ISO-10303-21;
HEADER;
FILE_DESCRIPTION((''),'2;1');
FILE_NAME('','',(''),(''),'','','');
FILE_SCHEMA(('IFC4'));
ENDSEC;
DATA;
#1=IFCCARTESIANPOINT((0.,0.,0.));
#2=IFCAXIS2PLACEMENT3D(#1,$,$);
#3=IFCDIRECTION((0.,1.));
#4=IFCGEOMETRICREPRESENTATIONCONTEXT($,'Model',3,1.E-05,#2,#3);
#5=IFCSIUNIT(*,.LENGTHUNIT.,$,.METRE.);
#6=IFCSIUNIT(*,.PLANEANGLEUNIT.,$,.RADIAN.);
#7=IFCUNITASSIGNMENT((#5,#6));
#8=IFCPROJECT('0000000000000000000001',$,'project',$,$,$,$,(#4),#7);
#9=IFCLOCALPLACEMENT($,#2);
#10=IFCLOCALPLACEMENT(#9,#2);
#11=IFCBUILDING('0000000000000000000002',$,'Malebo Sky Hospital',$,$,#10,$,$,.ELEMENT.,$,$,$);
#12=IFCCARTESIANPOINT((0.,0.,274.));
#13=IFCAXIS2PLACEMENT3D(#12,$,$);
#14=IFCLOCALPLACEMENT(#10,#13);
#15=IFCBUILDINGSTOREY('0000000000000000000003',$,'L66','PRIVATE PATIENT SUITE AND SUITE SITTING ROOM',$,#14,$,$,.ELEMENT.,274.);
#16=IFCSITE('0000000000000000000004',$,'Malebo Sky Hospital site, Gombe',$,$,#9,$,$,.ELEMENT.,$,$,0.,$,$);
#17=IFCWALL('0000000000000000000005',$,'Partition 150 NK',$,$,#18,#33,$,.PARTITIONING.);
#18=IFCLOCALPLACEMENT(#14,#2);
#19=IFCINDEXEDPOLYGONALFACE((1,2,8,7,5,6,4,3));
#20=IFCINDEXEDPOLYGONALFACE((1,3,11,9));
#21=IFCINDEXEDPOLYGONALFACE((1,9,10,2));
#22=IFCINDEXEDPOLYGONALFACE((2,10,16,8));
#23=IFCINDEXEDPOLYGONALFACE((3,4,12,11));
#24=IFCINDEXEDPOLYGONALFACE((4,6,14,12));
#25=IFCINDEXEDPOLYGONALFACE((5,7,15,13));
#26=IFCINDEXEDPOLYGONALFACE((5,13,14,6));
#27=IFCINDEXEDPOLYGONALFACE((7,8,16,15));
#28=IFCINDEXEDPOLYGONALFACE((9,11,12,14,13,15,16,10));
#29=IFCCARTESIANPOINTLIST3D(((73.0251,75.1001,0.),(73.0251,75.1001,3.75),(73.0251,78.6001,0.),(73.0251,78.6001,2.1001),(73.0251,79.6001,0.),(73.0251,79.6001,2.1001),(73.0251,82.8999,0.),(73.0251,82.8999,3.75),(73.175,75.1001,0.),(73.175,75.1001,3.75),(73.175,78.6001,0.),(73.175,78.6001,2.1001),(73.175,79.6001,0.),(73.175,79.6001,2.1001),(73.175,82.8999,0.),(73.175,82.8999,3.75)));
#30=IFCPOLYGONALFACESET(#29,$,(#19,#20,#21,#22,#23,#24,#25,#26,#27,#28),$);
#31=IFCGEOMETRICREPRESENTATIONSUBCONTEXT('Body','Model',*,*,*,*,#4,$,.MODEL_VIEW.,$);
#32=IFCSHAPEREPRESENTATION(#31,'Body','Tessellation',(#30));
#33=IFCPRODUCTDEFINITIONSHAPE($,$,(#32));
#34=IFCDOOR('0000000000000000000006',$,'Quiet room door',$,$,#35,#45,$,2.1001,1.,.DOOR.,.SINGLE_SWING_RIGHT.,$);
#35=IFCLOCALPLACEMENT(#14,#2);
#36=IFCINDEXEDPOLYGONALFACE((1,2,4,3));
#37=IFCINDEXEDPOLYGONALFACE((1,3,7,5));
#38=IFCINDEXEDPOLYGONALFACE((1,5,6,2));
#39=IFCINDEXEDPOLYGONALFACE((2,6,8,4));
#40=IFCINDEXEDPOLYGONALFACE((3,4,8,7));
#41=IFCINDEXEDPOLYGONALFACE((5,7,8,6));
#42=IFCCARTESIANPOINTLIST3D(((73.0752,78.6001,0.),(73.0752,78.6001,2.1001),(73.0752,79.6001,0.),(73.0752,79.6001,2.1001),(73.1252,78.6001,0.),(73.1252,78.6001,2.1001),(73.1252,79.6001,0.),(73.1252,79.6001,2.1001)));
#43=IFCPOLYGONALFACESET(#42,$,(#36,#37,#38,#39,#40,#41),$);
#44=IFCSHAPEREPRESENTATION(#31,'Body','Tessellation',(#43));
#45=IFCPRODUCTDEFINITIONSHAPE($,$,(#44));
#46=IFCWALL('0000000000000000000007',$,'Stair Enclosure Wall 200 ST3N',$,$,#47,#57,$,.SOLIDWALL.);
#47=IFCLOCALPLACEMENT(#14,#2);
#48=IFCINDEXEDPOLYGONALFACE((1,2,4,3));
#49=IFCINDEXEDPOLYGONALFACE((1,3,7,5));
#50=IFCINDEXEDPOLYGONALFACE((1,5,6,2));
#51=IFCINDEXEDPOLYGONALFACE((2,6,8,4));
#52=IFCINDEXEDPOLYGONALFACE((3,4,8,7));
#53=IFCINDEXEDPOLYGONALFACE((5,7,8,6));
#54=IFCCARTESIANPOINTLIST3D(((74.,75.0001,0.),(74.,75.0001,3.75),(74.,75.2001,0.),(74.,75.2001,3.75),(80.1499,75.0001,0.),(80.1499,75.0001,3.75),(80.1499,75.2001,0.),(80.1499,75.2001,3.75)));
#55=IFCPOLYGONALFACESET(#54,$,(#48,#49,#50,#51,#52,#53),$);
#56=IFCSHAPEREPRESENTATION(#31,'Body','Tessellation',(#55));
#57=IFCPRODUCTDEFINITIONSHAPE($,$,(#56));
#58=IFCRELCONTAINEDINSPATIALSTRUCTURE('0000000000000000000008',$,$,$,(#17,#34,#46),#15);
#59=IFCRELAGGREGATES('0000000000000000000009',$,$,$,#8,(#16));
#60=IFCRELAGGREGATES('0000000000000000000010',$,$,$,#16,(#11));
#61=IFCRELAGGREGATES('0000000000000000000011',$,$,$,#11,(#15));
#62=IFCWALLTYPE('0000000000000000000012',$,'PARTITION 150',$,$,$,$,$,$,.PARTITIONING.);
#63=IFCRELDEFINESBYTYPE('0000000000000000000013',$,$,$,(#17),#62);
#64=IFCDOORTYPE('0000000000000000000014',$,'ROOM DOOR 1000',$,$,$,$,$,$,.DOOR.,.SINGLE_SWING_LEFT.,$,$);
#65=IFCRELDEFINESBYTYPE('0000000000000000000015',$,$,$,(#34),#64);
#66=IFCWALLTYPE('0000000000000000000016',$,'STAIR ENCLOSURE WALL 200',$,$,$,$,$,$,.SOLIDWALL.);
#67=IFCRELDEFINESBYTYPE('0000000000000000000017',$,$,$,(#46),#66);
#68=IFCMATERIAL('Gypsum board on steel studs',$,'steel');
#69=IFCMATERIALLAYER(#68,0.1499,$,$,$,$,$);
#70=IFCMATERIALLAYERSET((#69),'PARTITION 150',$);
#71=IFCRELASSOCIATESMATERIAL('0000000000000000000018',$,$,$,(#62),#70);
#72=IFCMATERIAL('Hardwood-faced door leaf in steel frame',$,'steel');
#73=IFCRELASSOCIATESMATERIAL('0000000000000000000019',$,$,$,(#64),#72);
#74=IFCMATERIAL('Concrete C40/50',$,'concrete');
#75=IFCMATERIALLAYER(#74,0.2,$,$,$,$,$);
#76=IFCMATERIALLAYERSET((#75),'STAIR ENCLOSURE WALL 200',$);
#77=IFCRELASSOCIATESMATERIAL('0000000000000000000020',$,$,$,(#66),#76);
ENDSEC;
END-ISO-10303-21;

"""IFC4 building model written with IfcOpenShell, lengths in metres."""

from ifc_helpers import new_model, si_unit, direction, frame, frame_2d, origin, place, context, subcontext, project, spatial, rectangle, extrude, material, layer, layer_set, type_object, element, fill, save


model = new_model("IFC4")

# Units and contexts
model_context = context("Model", 3, precision=1e-05, world=origin(), true_north=direction((0.0, 1.0)))
body_context = subcontext(model_context, "Body", "Model", "MODEL_VIEW")
ifc_project = project(units=[si_unit("LENGTHUNIT", "METRE"), si_unit("PLANEANGLEUNIT", "RADIAN")], contexts=[model_context])

# Site, building, storey
site_placement = place(None, origin())
site = spatial("IfcSite", under=ifc_project, at=site_placement, Name="Malebo Sky Hospital site, Gombe", CompositionType="ELEMENT", RefElevation=0.0)
building_placement = place(site_placement, origin())
building = spatial("IfcBuilding", under=site, at=building_placement, Name="Malebo Sky Hospital", CompositionType="ELEMENT")
storey_placement = place(building_placement, frame((0.0, 0.0, 274.0)))
storey = spatial("IfcBuildingStorey", under=building, at=storey_placement, Name="L66", Description="PRIVATE PATIENT SUITE AND SUITE SITTING ROOM", CompositionType="ELEMENT", Elevation=274.0)

# Wall, opening, door
ifc_material_1 = material(Name="Gypsum board on steel studs", Category="steel")
ifc_layer_1 = layer(ifc_material_1, 0.1499)
ifc_layer_set_1 = layer_set([ifc_layer_1], Name="PARTITION 150")
wall_type_1 = type_object("IfcWallType", Name="PARTITION 150", PredefinedType="PARTITIONING", material=ifc_layer_set_1)
wall_1_placement = place(storey_placement, frame((73.1001, 75.1001, 0.0), z_axis=(0.0, 0.0, 1.0), x_axis=(0.0, 1.0, 0.0)))
wall_1 = element("IfcWall", 1, at=wall_1_placement, inside=storey, type_object=wall_type_1, Name="Partition 150 NK", PredefinedType="PARTITIONING", context=body_context, shape_type="SweptSolid", body=[
    extrude(rectangle(XDim=7.7998, YDim=0.1499, at=frame_2d((3.8999, 0.0))), origin(), (0.0, 0.0, 1.0), 3.75),
])
opening_placement = place(wall_1_placement, frame((3.5, 0.0, 0.0)))
opening = element("IfcOpeningElement", 2, at=opening_placement, cuts=wall_1, PredefinedType="OPENING", context=body_context, shape_type="SweptSolid", body=[
    extrude(rectangle(XDim=1.0, YDim=2.1001, at=frame_2d((0.5, 1.05))), frame((0.0, 0.085, 0.0), z_axis=(0.0, -1.0, 0.0), x_axis=(1.0, 0.0, 0.0)), (0.0, 0.0, 1.0), 0.1699),
])
ifc_material_2 = material(Name="Hardwood-faced door leaf in steel frame", Category="steel")
door_type = type_object("IfcDoorType", Name="ROOM DOOR 1000", OperationType="SINGLE_SWING_LEFT", PredefinedType="DOOR", material=ifc_material_2)
door_placement = place(opening_placement, origin())
door = element("IfcDoor", 3, at=door_placement, inside=storey, type_object=door_type, Name="Quiet room door", OperationType="SINGLE_SWING_RIGHT", OverallHeight=2.1001, OverallWidth=1.0, PredefinedType="DOOR", context=body_context, shape_type="SweptSolid", body=[
    extrude(rectangle(XDim=1.0, YDim=2.1001, at=frame_2d((0.5, 1.05))), frame((0.0, 0.0249, 0.0), z_axis=(0.0, -1.0, 0.0), x_axis=(1.0, 0.0, 0.0)), (0.0, 0.0, 1.0), 0.05),
])
fill(opening, door)

# Wall
ifc_material_3 = material(Name="Concrete C40/50", Category="concrete")
ifc_layer_2 = layer(ifc_material_3, 0.2)
ifc_layer_set_2 = layer_set([ifc_layer_2], Name="STAIR ENCLOSURE WALL 200")
wall_type_2 = type_object("IfcWallType", Name="STAIR ENCLOSURE WALL 200", PredefinedType="SOLIDWALL", material=ifc_layer_set_2)
wall_2_placement = place(storey_placement, frame((74.0, 75.1001, 0.0), z_axis=(0.0, 0.0, 1.0), x_axis=(1.0, 0.0, 0.0)))
element("IfcWall", 4, at=wall_2_placement, inside=storey, type_object=wall_type_2, Name="Stair Enclosure Wall 200 ST3N", PredefinedType="SOLIDWALL", context=body_context, shape_type="SweptSolid", body=[
    extrude(rectangle(XDim=6.1499, YDim=0.2, at=frame_2d((3.075, 0.0))), origin(), (0.0, 0.0, 1.0), 3.75),
])

save(model, "model.ifc")
